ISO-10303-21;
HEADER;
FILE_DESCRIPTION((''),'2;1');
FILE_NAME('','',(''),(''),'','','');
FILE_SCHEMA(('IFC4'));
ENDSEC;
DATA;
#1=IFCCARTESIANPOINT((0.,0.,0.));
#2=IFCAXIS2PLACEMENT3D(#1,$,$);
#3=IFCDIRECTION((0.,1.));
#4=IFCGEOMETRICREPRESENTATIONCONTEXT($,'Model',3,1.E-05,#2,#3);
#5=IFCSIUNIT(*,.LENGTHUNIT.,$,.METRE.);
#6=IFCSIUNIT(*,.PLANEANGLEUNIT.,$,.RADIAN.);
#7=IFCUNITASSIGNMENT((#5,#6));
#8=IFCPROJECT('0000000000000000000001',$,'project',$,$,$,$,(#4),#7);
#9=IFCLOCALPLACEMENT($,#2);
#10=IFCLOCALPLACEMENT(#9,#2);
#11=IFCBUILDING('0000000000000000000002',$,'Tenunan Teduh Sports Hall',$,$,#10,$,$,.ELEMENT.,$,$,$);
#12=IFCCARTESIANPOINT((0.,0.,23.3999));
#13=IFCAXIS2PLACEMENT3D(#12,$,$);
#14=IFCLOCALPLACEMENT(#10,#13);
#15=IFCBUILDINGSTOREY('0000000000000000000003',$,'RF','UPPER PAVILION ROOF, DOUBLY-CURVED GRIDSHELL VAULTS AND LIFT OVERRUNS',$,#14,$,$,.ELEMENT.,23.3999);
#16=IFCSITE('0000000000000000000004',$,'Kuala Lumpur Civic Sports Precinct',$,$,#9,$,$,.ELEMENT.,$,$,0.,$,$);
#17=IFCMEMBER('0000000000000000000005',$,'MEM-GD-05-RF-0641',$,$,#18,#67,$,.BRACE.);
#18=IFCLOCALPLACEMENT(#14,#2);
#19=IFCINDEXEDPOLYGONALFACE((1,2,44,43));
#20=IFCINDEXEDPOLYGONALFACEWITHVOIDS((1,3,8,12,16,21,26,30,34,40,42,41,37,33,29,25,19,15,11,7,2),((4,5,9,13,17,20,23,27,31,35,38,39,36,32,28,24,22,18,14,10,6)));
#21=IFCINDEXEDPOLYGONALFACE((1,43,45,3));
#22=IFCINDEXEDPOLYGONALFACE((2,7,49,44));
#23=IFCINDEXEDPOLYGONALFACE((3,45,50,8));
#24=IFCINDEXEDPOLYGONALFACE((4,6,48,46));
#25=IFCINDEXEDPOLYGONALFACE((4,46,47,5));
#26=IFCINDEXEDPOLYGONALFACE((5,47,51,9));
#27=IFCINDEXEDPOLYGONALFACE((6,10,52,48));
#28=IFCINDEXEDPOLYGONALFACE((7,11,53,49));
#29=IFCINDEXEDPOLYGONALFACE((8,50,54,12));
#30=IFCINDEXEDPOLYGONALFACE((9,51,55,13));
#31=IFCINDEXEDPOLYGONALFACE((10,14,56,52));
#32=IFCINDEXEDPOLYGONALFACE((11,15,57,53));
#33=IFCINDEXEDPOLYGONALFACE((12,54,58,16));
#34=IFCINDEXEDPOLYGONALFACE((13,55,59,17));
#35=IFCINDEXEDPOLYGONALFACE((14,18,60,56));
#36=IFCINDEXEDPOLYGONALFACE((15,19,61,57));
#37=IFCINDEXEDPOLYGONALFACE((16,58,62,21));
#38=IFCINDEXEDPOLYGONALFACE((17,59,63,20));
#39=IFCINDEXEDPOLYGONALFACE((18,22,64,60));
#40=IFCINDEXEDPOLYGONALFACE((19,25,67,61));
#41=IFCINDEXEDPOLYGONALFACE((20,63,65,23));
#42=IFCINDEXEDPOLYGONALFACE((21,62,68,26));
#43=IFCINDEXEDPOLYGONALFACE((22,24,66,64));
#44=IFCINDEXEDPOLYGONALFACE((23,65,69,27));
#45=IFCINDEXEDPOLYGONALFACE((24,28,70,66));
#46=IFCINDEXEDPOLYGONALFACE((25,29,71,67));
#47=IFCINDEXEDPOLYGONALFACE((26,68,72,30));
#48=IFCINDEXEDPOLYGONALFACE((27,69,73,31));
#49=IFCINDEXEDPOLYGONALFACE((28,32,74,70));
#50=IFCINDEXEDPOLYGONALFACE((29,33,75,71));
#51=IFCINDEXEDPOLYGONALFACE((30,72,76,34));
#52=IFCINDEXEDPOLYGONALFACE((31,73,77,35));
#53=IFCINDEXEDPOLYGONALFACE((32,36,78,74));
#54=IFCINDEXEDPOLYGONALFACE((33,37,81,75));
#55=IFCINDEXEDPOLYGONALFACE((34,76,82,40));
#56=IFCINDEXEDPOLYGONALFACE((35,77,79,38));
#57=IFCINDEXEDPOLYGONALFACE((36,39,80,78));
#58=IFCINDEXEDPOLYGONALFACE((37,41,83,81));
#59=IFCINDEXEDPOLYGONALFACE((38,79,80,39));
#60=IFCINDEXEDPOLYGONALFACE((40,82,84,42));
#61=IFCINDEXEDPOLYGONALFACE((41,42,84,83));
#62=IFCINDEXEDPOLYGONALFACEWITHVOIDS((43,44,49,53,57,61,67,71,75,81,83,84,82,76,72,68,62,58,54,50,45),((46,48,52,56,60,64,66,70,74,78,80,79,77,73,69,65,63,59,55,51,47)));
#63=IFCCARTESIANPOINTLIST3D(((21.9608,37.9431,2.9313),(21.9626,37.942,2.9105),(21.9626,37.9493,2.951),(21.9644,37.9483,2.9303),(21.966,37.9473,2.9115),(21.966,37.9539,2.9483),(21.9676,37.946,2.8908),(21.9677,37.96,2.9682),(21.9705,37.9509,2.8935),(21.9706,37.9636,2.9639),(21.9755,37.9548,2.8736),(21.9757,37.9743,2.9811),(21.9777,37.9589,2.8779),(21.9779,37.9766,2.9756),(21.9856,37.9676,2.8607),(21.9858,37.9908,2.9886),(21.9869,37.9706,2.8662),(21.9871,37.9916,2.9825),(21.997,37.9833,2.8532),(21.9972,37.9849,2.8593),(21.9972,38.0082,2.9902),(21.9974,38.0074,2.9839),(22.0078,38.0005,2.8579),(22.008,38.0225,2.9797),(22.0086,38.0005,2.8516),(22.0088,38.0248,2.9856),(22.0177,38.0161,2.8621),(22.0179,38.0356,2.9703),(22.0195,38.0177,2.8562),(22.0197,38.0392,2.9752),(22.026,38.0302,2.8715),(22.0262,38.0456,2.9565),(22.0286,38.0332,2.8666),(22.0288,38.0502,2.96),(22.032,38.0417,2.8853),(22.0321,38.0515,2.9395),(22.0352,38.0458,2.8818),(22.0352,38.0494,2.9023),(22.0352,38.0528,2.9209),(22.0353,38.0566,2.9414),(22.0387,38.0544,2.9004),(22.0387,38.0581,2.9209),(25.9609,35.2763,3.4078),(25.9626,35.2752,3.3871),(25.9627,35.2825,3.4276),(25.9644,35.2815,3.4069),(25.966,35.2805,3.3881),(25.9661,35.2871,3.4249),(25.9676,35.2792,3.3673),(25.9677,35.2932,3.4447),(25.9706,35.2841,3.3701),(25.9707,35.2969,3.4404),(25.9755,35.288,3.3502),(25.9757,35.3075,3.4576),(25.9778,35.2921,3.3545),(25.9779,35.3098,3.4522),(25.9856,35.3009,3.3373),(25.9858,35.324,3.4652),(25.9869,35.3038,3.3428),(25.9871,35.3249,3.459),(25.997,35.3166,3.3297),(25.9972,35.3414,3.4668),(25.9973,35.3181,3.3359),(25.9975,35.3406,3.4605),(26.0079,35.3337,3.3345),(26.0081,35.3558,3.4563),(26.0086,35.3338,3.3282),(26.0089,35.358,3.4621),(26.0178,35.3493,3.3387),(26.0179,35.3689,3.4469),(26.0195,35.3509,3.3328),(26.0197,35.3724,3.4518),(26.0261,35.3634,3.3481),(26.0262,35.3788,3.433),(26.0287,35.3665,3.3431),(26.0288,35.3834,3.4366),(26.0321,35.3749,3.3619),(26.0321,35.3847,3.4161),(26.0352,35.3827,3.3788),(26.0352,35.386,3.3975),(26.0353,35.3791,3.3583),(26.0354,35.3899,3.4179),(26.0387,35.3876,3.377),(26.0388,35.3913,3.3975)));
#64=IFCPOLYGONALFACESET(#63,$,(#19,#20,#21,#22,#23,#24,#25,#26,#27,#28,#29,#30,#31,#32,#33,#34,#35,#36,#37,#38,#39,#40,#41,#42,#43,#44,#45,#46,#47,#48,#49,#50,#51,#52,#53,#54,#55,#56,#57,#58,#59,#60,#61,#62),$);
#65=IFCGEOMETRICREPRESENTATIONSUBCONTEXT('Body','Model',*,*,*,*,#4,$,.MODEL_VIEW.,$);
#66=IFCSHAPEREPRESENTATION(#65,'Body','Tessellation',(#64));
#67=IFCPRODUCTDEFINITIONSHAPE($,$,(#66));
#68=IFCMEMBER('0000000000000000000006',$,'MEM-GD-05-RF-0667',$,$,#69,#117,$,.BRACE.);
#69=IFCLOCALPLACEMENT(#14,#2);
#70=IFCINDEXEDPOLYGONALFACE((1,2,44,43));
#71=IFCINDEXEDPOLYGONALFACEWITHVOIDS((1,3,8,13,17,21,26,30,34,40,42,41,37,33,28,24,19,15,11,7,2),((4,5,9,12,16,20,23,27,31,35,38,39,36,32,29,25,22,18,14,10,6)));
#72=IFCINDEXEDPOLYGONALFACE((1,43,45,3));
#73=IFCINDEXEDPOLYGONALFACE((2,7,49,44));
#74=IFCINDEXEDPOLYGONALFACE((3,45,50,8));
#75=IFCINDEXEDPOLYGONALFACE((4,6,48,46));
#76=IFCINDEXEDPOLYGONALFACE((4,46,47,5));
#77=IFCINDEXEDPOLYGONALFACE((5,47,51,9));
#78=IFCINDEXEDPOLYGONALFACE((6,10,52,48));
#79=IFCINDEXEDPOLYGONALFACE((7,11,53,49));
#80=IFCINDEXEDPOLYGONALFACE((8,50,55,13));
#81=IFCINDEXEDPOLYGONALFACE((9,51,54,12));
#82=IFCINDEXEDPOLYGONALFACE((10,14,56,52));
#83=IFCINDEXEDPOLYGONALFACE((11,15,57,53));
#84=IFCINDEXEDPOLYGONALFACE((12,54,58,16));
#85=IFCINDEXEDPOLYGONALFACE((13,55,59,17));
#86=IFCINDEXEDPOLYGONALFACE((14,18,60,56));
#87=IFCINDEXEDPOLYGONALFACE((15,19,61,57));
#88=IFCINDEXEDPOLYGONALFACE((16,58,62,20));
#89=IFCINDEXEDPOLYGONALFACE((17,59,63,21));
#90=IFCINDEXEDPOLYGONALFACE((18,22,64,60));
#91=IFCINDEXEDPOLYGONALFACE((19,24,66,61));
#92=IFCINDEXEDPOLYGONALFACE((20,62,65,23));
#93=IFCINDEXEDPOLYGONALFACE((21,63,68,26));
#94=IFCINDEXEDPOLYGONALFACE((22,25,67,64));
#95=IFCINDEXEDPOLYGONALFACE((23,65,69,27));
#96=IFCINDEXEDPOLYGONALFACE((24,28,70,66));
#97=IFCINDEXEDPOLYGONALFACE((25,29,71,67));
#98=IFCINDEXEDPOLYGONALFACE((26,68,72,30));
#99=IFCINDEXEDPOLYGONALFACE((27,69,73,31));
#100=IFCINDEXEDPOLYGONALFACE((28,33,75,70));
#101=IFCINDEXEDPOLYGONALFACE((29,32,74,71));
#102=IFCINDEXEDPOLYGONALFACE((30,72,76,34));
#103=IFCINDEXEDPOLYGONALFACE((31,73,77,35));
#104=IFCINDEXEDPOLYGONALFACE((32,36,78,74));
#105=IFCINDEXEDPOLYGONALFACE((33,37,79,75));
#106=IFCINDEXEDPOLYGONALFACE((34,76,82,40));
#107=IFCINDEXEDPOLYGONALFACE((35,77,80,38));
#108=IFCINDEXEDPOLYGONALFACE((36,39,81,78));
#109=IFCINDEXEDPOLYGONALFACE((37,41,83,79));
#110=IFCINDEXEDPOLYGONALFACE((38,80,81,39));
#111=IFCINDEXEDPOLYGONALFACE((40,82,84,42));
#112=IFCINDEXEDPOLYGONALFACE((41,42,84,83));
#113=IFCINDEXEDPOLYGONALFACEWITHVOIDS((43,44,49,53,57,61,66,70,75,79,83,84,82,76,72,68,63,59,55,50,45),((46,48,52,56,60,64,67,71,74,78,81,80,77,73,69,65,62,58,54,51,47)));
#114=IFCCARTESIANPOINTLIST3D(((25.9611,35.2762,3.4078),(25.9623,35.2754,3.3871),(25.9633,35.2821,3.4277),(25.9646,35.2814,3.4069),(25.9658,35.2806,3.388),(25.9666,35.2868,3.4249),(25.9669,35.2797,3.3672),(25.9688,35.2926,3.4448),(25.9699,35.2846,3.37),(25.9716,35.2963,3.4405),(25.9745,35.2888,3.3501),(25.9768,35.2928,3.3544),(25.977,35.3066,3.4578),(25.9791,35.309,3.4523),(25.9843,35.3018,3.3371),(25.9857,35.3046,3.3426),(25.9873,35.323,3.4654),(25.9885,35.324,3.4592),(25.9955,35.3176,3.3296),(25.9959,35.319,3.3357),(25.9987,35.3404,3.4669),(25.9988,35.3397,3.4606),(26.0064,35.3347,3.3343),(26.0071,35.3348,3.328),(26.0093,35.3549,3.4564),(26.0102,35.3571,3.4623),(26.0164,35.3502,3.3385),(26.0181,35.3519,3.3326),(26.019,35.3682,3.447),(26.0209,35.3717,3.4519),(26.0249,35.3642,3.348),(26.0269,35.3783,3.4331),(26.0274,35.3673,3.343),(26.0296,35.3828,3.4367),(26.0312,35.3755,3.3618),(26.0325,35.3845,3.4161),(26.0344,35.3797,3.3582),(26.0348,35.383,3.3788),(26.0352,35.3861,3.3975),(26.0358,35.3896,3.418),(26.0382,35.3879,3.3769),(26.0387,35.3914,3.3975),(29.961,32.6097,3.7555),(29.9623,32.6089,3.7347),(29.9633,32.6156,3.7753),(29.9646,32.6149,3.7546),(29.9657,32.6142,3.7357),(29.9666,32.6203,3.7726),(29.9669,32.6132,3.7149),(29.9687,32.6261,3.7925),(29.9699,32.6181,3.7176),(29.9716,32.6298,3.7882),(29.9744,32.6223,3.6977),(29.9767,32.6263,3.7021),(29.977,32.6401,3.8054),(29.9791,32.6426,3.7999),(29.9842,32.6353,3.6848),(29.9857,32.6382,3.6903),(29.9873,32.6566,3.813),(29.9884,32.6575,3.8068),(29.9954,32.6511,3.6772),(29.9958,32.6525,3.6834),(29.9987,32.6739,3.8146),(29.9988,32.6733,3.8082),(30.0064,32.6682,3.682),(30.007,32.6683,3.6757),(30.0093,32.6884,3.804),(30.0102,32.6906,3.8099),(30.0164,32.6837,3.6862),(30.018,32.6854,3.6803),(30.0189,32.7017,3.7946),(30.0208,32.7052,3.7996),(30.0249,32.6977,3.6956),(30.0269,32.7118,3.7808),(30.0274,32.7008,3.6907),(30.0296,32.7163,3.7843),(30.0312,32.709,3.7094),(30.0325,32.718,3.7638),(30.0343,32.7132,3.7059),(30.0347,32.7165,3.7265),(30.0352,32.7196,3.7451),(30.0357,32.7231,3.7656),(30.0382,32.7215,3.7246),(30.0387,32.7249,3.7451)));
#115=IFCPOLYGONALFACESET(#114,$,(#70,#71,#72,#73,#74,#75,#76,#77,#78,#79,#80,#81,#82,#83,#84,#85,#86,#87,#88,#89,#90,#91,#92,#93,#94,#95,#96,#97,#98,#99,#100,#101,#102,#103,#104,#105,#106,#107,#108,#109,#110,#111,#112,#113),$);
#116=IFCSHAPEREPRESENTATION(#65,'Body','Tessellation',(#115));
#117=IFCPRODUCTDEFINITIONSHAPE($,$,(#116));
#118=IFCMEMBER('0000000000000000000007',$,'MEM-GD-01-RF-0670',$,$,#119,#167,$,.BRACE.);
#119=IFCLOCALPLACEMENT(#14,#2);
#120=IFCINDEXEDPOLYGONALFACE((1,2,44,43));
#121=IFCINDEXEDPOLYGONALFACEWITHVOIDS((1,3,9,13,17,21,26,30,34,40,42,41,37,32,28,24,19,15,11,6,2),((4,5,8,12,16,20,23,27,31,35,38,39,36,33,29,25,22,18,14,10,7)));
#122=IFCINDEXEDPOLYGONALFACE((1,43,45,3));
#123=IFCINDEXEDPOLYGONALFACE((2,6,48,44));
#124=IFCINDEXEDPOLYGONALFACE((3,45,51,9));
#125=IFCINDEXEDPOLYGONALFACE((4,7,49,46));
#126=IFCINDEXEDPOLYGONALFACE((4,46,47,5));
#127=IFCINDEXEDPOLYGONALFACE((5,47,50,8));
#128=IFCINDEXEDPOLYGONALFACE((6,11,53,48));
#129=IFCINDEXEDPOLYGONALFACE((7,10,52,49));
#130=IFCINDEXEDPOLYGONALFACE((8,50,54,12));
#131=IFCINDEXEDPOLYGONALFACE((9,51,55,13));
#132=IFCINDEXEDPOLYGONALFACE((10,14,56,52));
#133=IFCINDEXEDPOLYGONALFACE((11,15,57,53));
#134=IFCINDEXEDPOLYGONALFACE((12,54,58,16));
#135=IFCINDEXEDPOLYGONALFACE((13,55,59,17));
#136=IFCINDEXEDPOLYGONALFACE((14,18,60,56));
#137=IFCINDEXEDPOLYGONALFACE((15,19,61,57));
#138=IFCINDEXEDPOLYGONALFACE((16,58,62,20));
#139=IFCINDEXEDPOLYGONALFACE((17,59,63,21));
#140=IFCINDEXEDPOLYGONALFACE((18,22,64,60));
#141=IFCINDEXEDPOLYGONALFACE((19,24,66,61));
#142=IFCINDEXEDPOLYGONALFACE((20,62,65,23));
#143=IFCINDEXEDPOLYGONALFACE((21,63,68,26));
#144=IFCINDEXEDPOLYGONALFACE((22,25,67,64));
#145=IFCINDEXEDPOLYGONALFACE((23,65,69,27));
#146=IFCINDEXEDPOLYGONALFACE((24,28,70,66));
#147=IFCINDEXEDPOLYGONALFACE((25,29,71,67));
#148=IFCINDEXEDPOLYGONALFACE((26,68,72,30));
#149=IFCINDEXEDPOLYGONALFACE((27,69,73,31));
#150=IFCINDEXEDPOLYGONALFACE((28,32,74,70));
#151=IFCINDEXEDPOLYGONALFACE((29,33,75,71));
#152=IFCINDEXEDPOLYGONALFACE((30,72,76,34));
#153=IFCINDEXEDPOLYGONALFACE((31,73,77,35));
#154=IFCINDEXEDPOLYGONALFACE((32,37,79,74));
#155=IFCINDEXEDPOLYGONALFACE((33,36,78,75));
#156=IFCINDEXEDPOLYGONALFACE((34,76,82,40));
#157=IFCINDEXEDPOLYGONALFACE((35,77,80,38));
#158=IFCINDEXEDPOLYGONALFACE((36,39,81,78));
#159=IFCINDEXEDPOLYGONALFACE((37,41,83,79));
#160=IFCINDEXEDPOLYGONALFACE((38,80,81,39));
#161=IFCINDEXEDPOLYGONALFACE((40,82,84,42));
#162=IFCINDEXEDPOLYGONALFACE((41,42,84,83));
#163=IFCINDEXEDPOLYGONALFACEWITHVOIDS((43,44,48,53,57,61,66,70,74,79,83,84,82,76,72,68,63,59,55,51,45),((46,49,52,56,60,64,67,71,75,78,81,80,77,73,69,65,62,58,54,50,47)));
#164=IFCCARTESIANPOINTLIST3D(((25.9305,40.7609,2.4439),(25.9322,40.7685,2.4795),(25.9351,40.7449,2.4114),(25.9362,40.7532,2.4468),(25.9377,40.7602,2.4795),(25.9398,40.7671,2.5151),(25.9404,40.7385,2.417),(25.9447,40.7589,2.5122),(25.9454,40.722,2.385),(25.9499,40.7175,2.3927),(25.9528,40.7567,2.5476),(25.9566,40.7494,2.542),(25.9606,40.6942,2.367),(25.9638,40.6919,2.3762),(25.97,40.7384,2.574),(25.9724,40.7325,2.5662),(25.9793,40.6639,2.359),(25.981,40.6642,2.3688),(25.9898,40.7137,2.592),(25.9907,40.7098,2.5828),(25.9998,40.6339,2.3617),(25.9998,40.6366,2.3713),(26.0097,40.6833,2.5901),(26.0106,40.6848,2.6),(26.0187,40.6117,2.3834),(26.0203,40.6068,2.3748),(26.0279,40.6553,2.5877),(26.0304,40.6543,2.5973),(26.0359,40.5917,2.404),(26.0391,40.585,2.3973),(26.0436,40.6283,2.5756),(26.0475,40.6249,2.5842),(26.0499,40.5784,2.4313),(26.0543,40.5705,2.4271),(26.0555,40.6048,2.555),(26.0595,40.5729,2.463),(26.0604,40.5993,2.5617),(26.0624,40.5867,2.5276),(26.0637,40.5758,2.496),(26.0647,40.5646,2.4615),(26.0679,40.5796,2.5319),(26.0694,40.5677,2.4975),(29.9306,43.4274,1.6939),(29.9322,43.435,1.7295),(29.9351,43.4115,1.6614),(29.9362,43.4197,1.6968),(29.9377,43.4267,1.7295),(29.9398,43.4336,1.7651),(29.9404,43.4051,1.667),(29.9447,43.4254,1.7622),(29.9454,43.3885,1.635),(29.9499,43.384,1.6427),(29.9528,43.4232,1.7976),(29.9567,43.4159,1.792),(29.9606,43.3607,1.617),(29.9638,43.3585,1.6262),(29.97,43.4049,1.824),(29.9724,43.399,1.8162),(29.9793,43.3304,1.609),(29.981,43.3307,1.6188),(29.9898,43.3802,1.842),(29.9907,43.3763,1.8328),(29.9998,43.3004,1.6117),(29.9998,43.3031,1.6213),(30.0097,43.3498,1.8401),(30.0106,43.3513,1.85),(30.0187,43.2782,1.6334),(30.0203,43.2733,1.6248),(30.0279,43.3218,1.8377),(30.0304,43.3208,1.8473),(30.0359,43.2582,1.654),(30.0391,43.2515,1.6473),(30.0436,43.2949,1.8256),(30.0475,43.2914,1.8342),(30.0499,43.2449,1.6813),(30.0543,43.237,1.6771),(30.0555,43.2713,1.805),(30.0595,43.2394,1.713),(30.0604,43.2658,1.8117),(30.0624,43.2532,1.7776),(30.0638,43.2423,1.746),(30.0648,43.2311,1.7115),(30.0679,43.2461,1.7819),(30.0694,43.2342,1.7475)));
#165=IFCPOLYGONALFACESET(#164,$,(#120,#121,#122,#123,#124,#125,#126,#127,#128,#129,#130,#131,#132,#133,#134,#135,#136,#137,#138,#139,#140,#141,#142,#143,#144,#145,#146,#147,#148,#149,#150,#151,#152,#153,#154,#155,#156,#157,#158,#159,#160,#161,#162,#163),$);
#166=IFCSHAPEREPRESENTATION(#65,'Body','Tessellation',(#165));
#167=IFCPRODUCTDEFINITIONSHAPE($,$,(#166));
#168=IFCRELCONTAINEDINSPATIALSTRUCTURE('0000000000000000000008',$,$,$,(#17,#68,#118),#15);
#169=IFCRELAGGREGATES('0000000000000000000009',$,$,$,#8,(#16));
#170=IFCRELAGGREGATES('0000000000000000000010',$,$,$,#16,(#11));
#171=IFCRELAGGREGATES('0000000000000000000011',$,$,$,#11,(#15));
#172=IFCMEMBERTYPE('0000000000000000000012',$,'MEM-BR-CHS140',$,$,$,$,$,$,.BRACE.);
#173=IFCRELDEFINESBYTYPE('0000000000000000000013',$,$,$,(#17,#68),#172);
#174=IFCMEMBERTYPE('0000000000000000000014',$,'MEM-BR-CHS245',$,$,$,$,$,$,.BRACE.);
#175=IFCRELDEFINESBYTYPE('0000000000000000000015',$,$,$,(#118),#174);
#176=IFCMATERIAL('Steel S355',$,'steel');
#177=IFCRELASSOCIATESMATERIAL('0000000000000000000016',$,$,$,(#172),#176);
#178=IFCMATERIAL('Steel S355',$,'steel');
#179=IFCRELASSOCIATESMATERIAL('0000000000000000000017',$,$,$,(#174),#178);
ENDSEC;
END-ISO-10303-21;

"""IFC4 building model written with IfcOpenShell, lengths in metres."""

from ifc_helpers import new_model, si_unit, direction, frame, origin, origin_2d, place, context, subcontext, project, spatial, hollow_circle, extrude, material, material_profile, profile_set, type_object, element, save


model = new_model("IFC4")

# Units and contexts
model_context = context("Model", 3, precision=1e-05, world=origin(), true_north=direction((0.0, 1.0)))
body_context = subcontext(model_context, "Body", "Model", "MODEL_VIEW")
ifc_project = project(units=[si_unit("LENGTHUNIT", "METRE"), si_unit("PLANEANGLEUNIT", "RADIAN")], contexts=[model_context])

# Site, building, storey
site_placement = place(None, origin())
site = spatial("IfcSite", under=ifc_project, at=site_placement, Name="Kuala Lumpur Civic Sports Precinct", CompositionType="ELEMENT", RefElevation=0.0)
building_placement = place(site_placement, origin())
building = spatial("IfcBuilding", under=site, at=building_placement, Name="Tenunan Teduh Sports Hall", CompositionType="ELEMENT")
storey_placement = place(building_placement, frame((0.0, 0.0, 23.3999)))
storey = spatial("IfcBuildingStorey", under=building, at=storey_placement, Name="RF", Description="UPPER PAVILION ROOF, DOUBLY-CURVED GRIDSHELL VAULTS AND LIFT OVERRUNS", CompositionType="ELEMENT", Elevation=23.3999)

# Members
ifc_material_1 = material(Name="Steel S355", Category="steel")
ifc_material_profile_1 = material_profile(ifc_material_1, hollow_circle(Radius=0.0698, WallThickness=0.0063, at=origin_2d()), Name="CHS 139.7x6.3")
ifc_profile_set_1 = profile_set([ifc_material_profile_1], Name="Steel S355")
member_type_1 = type_object("IfcMemberType", Name="MEM-BR-CHS140", PredefinedType="BRACE", material=ifc_profile_set_1)
member_1_placement = place(storey_placement, frame((22.0, 38.0, 2.9209), z_axis=(0.827984, -0.552006, 0.098647), x_axis=(0.554712, 0.832042, 0.0)))
element("IfcMember", 1, at=member_1_placement, inside=storey, type_object=member_type_1, Name="MEM-GD-05-RF-0641", PredefinedType="BRACE", context=body_context, shape_type="SweptSolid", body=[
    extrude(hollow_circle(Radius=0.0698, WallThickness=0.0063, at=origin_2d()), origin(), (0.0, 0.0, 1.0), 4.8311),
])
member_2_placement = place(storey_placement, frame((26.0, 35.3333, 3.3975), z_axis=(0.829899, -0.553232, 0.07213), x_axis=(0.554677, 0.832066, 0.0)))
element("IfcMember", 2, at=member_2_placement, inside=storey, type_object=member_type_1, Name="MEM-GD-05-RF-0667", PredefinedType="BRACE", context=body_context, shape_type="SweptSolid", body=[
    extrude(hollow_circle(Radius=0.0698, WallThickness=0.0063, at=origin_2d()), origin(), (0.0, 0.0, 1.0), 4.8198),
])
ifc_material_2 = material(Name="Steel S355", Category="steel")
ifc_material_profile_2 = material_profile(ifc_material_2, hollow_circle(Radius=0.1223, WallThickness=0.01, at=origin_2d()), Name="CHS 244.5x10.0")
ifc_profile_set_2 = profile_set([ifc_material_profile_2], Name="Steel S355")
member_type_2 = type_object("IfcMemberType", Name="MEM-BR-CHS245", PredefinedType="BRACE", material=ifc_profile_set_2)
member_3_placement = place(storey_placement, frame((26.0, 40.6667, 2.4795), z_axis=(0.822121, 0.548047, -0.154148), x_axis=(-0.554677, 0.832066, 0.0)))
element("IfcMember", 3, at=member_3_placement, inside=storey, type_object=member_type_2, Name="MEM-GD-01-RF-0670", PredefinedType="BRACE", context=body_context, shape_type="SweptSolid", body=[
    extrude(hollow_circle(Radius=0.1223, WallThickness=0.01, at=origin_2d()), origin(), (0.0, 0.0, 1.0), 4.8655),
])

save(model, "model.ifc")
